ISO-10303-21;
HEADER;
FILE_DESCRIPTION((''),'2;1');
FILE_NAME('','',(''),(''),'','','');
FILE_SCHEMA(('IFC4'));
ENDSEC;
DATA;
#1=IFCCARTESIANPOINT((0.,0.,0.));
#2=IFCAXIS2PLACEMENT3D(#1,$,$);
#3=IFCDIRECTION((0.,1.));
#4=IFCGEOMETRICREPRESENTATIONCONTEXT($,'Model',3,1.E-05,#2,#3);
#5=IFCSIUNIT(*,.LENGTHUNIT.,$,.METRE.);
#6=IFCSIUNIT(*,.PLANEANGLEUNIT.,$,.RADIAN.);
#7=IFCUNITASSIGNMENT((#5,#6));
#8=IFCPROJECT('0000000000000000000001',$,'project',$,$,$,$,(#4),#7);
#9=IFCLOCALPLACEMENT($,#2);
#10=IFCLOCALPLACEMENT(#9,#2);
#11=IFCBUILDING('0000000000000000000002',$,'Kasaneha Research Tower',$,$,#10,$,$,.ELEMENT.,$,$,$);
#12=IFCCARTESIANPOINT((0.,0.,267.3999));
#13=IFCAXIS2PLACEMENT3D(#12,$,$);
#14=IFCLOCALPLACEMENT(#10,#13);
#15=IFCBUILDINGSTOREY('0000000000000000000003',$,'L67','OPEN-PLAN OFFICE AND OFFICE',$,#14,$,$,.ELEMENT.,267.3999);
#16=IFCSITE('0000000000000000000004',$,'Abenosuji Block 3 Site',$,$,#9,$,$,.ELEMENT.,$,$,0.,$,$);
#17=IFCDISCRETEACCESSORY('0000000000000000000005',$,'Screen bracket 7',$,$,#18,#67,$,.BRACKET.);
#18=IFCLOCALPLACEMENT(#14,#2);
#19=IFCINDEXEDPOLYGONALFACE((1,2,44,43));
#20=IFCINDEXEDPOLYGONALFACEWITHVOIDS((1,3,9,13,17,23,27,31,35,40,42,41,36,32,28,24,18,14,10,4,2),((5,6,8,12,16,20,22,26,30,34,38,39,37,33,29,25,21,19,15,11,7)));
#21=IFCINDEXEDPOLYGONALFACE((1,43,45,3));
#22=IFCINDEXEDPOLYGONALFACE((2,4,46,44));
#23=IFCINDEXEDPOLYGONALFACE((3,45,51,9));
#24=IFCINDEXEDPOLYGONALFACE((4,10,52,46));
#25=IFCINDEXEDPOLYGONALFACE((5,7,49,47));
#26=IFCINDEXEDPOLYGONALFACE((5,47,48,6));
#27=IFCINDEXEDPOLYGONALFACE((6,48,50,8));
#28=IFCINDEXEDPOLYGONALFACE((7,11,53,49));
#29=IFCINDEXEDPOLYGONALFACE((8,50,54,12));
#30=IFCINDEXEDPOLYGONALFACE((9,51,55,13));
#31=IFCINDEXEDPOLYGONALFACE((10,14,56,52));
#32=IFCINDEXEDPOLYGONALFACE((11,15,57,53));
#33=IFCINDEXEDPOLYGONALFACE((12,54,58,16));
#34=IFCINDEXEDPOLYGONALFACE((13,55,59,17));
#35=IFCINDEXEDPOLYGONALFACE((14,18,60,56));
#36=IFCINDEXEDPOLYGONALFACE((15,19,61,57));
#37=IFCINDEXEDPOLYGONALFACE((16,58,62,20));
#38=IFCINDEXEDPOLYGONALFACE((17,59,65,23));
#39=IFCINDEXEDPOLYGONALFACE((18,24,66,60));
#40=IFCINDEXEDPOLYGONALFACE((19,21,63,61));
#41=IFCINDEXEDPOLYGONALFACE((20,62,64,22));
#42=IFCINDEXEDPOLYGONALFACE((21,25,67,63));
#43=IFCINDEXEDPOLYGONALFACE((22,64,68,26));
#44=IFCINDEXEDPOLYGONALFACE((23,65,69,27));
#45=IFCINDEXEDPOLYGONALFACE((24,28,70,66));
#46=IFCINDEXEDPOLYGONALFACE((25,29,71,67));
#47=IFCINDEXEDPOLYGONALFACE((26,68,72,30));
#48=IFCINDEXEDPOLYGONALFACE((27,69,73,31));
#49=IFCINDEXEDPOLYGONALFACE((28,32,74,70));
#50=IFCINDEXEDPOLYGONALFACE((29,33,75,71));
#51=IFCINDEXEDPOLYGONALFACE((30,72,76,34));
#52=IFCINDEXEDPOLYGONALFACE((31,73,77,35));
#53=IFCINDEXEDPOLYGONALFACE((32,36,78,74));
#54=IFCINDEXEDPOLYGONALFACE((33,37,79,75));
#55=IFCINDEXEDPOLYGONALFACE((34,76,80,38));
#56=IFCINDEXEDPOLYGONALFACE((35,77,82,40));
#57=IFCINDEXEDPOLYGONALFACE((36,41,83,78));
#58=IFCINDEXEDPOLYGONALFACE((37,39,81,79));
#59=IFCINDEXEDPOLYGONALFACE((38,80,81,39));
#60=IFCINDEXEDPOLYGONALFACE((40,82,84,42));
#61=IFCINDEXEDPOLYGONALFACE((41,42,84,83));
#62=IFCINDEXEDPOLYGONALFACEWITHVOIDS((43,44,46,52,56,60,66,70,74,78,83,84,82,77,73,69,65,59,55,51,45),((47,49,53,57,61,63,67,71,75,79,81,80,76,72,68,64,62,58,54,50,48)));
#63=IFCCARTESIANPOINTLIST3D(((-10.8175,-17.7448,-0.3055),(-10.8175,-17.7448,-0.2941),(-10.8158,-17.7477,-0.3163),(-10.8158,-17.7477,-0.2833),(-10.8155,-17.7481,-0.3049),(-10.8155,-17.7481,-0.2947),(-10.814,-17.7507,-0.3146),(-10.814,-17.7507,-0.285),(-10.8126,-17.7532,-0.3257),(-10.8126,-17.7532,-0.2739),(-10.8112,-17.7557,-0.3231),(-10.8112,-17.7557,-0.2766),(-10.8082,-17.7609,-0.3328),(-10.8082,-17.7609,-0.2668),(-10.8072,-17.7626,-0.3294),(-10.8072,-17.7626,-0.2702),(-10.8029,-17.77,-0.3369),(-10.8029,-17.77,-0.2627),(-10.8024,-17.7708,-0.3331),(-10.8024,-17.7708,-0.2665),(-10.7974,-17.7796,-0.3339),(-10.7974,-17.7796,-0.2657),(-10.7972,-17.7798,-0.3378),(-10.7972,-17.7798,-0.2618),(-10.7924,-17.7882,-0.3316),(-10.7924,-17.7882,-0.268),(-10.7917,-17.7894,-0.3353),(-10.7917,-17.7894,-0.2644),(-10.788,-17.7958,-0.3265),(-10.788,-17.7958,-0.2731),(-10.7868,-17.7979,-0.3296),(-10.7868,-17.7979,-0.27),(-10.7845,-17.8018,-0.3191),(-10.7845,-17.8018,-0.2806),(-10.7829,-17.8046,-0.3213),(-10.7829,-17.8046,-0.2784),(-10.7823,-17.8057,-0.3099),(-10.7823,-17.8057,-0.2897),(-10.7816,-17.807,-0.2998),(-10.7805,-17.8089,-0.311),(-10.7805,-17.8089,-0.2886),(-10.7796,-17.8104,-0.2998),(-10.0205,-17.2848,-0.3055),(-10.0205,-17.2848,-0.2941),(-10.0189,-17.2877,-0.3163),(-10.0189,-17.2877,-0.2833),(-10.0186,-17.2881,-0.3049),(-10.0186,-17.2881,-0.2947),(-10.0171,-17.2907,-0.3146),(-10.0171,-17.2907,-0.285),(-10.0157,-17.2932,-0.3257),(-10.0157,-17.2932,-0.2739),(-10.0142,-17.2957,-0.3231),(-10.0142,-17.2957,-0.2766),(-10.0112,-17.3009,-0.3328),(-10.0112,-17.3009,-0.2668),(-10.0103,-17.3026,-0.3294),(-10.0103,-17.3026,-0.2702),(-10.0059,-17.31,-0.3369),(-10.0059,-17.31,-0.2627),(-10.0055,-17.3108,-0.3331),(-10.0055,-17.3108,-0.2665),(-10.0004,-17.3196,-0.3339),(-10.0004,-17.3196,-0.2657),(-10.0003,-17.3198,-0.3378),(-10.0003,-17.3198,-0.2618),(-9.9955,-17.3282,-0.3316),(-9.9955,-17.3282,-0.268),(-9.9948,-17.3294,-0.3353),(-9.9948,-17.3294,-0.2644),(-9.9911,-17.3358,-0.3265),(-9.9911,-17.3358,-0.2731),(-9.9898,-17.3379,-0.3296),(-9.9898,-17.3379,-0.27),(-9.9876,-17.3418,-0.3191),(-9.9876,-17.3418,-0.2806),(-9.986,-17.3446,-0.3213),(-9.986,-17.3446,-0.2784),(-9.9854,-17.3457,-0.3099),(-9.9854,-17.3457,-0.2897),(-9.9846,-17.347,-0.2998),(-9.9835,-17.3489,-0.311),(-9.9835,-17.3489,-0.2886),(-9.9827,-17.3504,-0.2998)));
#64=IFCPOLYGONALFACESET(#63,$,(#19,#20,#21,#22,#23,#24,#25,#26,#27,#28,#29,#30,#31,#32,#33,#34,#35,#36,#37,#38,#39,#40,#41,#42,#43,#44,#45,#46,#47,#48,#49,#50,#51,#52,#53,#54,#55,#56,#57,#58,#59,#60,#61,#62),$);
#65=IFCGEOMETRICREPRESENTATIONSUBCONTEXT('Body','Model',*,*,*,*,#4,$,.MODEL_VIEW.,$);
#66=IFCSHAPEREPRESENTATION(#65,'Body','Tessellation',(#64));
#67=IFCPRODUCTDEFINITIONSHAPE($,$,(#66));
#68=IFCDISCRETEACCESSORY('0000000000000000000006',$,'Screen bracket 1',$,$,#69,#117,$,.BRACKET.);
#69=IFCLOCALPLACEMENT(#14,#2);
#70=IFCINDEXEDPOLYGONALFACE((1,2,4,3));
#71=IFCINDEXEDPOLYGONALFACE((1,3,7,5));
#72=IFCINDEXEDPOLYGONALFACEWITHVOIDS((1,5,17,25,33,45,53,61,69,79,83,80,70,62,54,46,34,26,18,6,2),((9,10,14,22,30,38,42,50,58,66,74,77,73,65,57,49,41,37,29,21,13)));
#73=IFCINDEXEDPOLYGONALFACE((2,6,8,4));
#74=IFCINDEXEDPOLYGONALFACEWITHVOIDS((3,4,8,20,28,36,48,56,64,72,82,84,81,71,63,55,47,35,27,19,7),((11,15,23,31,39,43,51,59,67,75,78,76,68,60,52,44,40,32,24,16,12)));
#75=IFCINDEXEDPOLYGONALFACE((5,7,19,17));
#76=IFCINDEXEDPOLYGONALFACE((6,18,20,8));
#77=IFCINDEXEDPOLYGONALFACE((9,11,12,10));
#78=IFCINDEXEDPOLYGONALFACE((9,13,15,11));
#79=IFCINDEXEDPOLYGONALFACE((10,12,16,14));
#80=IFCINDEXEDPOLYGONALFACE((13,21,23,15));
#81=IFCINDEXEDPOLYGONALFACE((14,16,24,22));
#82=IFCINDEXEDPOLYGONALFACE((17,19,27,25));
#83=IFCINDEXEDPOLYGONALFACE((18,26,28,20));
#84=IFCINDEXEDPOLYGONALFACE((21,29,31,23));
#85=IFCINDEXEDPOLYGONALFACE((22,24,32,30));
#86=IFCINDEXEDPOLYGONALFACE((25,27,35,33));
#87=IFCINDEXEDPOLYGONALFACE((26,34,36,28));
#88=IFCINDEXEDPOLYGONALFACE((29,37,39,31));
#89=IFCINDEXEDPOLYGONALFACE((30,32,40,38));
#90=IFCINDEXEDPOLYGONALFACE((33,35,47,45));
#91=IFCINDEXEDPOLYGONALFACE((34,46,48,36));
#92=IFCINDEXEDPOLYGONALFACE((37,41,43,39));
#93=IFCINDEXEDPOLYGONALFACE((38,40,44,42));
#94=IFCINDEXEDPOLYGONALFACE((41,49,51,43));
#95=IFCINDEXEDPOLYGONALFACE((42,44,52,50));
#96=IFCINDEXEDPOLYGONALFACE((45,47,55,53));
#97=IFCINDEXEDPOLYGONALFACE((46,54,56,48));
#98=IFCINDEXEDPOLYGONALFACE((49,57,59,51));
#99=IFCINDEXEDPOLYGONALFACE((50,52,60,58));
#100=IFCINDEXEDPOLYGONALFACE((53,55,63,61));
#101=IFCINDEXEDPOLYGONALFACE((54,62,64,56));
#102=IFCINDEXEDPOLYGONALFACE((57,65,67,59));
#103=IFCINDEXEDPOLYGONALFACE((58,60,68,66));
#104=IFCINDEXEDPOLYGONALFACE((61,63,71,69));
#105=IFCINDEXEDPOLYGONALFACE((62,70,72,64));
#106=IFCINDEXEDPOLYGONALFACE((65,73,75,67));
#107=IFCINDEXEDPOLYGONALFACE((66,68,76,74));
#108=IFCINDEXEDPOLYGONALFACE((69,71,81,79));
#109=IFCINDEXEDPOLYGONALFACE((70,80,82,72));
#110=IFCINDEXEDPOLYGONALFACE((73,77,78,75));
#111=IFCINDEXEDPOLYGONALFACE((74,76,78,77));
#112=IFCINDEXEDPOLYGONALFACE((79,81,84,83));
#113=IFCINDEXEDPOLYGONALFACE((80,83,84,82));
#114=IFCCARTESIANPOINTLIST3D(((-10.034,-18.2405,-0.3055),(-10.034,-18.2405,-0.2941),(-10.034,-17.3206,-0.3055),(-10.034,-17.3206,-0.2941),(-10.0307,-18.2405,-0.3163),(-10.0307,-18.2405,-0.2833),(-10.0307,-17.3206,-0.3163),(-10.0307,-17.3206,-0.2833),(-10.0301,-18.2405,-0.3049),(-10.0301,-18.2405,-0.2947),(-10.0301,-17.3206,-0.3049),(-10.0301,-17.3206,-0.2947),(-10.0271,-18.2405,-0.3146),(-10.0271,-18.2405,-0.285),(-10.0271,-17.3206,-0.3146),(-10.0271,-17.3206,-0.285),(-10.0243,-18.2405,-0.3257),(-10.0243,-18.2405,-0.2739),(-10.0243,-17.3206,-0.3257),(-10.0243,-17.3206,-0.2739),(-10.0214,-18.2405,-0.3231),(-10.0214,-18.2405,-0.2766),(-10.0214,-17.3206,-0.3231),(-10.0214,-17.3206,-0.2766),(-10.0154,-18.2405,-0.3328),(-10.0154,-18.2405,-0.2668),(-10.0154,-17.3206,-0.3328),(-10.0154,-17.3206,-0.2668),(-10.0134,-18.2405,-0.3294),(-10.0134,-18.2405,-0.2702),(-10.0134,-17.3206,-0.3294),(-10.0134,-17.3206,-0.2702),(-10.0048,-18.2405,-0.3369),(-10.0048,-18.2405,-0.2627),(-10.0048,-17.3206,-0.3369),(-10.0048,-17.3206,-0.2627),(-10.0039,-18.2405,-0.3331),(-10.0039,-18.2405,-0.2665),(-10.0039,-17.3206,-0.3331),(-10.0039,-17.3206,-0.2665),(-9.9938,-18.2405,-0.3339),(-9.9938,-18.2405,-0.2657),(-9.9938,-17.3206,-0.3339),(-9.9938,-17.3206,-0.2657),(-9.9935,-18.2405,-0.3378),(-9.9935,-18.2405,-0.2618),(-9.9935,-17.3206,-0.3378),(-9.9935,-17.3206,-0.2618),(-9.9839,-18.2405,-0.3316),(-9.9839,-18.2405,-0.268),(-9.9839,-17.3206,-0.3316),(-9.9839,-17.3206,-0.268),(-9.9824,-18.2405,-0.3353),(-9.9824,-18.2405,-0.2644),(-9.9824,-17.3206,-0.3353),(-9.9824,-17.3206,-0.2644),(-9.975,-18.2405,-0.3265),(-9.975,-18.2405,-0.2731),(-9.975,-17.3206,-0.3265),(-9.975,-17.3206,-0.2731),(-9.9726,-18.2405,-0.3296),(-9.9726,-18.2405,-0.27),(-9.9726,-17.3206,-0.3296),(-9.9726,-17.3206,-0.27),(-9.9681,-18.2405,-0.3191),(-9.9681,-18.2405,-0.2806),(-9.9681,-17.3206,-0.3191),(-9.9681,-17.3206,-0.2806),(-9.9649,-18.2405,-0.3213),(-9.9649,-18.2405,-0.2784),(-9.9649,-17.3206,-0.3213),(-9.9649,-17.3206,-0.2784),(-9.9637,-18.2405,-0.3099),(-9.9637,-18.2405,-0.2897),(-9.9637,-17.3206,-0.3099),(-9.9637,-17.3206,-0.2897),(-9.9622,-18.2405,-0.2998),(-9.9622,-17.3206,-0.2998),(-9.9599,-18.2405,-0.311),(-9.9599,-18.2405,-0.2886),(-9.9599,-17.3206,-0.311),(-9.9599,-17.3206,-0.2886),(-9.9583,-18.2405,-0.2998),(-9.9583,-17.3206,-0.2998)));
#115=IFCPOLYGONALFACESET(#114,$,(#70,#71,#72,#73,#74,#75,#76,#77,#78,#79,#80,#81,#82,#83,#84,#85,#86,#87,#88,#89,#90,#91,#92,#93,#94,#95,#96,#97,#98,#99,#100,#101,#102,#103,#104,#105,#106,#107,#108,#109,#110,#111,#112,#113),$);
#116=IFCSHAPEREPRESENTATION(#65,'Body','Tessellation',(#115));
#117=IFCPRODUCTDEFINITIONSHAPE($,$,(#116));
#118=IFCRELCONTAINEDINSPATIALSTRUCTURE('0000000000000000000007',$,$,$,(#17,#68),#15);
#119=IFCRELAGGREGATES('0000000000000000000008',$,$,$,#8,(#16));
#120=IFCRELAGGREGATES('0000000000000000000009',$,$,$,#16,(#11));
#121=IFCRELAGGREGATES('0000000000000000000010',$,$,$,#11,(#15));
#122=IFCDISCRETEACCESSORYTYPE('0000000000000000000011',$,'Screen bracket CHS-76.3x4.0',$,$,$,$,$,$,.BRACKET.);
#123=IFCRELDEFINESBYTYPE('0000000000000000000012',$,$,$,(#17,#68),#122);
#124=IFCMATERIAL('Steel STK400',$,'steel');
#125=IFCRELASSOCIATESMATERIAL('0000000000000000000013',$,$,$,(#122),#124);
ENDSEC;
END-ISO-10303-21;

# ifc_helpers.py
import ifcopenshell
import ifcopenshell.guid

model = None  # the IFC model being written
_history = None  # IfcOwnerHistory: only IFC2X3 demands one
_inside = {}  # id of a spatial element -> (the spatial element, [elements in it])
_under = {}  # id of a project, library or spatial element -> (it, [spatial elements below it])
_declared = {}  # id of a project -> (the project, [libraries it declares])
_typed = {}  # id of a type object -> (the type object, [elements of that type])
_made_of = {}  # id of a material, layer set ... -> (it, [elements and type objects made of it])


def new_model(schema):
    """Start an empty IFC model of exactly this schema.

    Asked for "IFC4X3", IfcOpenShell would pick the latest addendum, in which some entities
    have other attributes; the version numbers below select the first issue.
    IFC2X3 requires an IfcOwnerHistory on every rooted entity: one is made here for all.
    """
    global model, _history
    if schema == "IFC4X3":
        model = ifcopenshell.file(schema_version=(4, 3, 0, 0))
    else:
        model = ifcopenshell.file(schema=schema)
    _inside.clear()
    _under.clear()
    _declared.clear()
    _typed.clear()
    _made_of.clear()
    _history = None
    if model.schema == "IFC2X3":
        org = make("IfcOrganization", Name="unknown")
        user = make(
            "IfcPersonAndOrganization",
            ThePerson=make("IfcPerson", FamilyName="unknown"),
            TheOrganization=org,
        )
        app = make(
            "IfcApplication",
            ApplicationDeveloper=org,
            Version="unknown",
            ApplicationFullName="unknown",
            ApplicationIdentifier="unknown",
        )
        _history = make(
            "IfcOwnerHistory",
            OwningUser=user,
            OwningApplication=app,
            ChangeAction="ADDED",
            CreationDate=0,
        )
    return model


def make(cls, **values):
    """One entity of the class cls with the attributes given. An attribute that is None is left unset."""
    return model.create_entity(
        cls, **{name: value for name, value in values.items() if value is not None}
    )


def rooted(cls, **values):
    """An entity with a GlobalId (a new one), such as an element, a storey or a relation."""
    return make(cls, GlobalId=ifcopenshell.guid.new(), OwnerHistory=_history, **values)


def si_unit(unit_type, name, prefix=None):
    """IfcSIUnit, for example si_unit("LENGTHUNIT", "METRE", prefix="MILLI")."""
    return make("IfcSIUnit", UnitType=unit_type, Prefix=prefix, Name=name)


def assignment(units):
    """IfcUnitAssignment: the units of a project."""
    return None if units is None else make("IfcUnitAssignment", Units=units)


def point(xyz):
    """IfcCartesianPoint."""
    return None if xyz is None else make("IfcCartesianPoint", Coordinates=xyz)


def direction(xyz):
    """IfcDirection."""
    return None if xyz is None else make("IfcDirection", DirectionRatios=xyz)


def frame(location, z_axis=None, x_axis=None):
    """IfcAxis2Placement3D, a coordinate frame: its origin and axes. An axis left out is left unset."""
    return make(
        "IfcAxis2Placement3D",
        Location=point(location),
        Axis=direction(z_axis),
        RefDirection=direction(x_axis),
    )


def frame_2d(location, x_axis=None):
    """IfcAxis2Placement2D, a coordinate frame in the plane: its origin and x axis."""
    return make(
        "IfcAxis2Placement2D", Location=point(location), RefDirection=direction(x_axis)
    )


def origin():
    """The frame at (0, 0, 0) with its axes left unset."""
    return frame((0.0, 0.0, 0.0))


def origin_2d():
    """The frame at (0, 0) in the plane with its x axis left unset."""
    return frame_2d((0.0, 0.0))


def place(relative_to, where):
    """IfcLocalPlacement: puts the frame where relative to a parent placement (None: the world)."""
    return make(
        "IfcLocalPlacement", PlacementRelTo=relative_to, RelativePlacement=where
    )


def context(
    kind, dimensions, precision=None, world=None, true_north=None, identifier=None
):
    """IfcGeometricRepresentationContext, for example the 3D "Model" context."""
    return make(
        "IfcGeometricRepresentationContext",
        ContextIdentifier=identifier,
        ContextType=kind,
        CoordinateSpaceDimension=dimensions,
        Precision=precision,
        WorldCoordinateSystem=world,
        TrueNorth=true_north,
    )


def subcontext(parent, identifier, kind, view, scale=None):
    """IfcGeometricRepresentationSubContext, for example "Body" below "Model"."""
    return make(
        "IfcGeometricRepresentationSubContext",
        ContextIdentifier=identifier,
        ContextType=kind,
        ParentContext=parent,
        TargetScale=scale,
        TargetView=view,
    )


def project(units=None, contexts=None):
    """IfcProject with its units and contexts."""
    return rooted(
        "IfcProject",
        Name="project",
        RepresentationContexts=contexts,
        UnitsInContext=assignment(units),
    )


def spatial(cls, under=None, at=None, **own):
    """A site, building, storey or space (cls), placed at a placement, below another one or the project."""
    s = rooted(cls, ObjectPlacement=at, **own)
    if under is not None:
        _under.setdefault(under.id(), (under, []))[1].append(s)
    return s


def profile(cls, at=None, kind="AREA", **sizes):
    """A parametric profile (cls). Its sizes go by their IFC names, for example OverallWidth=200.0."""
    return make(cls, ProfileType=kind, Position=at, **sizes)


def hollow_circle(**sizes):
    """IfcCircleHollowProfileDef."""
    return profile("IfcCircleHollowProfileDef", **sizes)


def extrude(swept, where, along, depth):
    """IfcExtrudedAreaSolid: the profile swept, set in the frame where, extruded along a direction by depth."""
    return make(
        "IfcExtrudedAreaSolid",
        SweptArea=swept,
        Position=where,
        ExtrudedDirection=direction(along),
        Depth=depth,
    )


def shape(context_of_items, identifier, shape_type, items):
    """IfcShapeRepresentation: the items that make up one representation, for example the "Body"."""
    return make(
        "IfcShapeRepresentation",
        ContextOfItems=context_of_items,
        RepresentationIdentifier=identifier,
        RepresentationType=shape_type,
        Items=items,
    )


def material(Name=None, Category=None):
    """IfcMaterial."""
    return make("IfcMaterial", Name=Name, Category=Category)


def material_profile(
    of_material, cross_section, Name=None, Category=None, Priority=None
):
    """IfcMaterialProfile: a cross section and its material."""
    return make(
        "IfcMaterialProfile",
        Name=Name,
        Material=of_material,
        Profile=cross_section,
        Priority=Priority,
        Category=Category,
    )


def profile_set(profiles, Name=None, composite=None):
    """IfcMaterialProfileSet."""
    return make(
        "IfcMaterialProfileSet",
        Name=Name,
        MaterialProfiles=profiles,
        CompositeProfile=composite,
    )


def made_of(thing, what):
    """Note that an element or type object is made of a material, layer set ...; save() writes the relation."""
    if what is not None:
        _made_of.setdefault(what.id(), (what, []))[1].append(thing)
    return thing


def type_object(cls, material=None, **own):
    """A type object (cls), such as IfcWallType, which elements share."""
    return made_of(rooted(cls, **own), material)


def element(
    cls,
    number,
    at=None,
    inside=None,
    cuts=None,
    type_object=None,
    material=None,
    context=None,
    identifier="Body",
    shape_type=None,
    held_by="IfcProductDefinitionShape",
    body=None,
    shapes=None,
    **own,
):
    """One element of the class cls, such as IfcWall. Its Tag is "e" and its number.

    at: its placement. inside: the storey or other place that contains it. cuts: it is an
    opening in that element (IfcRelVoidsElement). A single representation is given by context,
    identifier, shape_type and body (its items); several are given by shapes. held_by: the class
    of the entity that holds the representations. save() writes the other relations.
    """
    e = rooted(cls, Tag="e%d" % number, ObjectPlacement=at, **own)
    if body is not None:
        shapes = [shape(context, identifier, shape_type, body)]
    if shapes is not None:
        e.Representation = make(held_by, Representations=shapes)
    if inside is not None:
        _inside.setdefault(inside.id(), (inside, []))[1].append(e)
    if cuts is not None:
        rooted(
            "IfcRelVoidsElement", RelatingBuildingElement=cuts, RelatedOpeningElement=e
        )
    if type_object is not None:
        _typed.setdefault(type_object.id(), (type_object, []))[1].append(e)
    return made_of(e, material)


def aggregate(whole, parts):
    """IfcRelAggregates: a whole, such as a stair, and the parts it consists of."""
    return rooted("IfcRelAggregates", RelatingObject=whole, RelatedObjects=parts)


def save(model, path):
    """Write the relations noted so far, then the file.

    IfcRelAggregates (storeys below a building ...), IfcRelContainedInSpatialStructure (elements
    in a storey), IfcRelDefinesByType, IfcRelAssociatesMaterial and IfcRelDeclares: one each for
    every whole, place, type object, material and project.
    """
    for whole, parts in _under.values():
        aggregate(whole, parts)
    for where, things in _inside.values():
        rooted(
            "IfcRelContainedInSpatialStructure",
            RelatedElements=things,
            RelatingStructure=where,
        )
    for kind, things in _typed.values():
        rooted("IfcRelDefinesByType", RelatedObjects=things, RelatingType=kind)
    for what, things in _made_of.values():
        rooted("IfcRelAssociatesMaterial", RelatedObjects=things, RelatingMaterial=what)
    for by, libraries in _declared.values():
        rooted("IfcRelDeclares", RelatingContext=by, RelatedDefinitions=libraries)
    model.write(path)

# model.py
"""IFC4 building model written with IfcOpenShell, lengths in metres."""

from ifc_helpers import new_model, si_unit, direction, frame, origin, origin_2d, place, context, subcontext, project, spatial, hollow_circle, extrude, material, material_profile, profile_set, type_object, element, save


model = new_model("IFC4")

# Units and contexts
model_context = context("Model", 3, precision=1e-05, world=origin(), true_north=direction((0.0, 1.0)))
body_context = subcontext(model_context, "Body", "Model", "MODEL_VIEW")
ifc_project = project(units=[si_unit("LENGTHUNIT", "METRE"), si_unit("PLANEANGLEUNIT", "RADIAN")], contexts=[model_context])

# Site, building, storey
site_placement = place(None, origin())
site = spatial("IfcSite", under=ifc_project, at=site_placement, Name="Abenosuji Block 3 Site", CompositionType="ELEMENT", RefElevation=0.0)
building_placement = place(site_placement, origin())
building = spatial("IfcBuilding", under=site, at=building_placement, Name="Kasaneha Research Tower", CompositionType="ELEMENT")
storey_placement = place(building_placement, frame((0.0, 0.0, 267.3999)))
storey = spatial("IfcBuildingStorey", under=building, at=storey_placement, Name="L67", Description="OPEN-PLAN OFFICE AND OFFICE", CompositionType="ELEMENT", Elevation=267.3999)

# Discrete accessories
ifc_material_1 = material(Name="Steel STK400", Category="steel")
ifc_material_profile_1 = material_profile(ifc_material_1, hollow_circle(Radius=0.0381, WallThickness=0.0039, at=origin_2d()), Name="CHS-76.3x4.0")
ifc_profile_set_1 = profile_set([ifc_material_profile_1], Name="Steel STK400")
discrete_accessory_type = type_object("IfcDiscreteAccessoryType", Name="Screen bracket CHS-76.3x4.0", PredefinedType="BRACKET", material=ifc_profile_set_1)
discrete_accessory_1_placement = place(storey_placement, frame((-10.0017, -17.3174, -0.2998), z_axis=(-0.86608, -0.499906, 0.0), x_axis=(0.499906, -0.86608, 0.0)))
element("IfcDiscreteAccessory", 1, at=discrete_accessory_1_placement, inside=storey, type_object=discrete_accessory_type, Name="Screen bracket 7", PredefinedType="BRACKET", context=body_context, shape_type="SweptSolid", body=[
    extrude(hollow_circle(Radius=0.0381, WallThickness=0.0039, at=origin_2d()), origin(), (0.0, 0.0, 1.0), 0.9202),
])
discrete_accessory_2_placement = place(storey_placement, frame((-9.9963, -17.3206, -0.2998), z_axis=(0.0, -1.0, 0.0), x_axis=(1.0, 0.0, 0.0)))
element("IfcDiscreteAccessory", 2, at=discrete_accessory_2_placement, inside=storey, type_object=discrete_accessory_type, Name="Screen bracket 1", PredefinedType="BRACKET", context=body_context, shape_type="SweptSolid", body=[
    extrude(hollow_circle(Radius=0.0381, WallThickness=0.0039, at=origin_2d()), origin(), (0.0, 0.0, 1.0), 0.9199),
])

save(model, "model.ifc")
